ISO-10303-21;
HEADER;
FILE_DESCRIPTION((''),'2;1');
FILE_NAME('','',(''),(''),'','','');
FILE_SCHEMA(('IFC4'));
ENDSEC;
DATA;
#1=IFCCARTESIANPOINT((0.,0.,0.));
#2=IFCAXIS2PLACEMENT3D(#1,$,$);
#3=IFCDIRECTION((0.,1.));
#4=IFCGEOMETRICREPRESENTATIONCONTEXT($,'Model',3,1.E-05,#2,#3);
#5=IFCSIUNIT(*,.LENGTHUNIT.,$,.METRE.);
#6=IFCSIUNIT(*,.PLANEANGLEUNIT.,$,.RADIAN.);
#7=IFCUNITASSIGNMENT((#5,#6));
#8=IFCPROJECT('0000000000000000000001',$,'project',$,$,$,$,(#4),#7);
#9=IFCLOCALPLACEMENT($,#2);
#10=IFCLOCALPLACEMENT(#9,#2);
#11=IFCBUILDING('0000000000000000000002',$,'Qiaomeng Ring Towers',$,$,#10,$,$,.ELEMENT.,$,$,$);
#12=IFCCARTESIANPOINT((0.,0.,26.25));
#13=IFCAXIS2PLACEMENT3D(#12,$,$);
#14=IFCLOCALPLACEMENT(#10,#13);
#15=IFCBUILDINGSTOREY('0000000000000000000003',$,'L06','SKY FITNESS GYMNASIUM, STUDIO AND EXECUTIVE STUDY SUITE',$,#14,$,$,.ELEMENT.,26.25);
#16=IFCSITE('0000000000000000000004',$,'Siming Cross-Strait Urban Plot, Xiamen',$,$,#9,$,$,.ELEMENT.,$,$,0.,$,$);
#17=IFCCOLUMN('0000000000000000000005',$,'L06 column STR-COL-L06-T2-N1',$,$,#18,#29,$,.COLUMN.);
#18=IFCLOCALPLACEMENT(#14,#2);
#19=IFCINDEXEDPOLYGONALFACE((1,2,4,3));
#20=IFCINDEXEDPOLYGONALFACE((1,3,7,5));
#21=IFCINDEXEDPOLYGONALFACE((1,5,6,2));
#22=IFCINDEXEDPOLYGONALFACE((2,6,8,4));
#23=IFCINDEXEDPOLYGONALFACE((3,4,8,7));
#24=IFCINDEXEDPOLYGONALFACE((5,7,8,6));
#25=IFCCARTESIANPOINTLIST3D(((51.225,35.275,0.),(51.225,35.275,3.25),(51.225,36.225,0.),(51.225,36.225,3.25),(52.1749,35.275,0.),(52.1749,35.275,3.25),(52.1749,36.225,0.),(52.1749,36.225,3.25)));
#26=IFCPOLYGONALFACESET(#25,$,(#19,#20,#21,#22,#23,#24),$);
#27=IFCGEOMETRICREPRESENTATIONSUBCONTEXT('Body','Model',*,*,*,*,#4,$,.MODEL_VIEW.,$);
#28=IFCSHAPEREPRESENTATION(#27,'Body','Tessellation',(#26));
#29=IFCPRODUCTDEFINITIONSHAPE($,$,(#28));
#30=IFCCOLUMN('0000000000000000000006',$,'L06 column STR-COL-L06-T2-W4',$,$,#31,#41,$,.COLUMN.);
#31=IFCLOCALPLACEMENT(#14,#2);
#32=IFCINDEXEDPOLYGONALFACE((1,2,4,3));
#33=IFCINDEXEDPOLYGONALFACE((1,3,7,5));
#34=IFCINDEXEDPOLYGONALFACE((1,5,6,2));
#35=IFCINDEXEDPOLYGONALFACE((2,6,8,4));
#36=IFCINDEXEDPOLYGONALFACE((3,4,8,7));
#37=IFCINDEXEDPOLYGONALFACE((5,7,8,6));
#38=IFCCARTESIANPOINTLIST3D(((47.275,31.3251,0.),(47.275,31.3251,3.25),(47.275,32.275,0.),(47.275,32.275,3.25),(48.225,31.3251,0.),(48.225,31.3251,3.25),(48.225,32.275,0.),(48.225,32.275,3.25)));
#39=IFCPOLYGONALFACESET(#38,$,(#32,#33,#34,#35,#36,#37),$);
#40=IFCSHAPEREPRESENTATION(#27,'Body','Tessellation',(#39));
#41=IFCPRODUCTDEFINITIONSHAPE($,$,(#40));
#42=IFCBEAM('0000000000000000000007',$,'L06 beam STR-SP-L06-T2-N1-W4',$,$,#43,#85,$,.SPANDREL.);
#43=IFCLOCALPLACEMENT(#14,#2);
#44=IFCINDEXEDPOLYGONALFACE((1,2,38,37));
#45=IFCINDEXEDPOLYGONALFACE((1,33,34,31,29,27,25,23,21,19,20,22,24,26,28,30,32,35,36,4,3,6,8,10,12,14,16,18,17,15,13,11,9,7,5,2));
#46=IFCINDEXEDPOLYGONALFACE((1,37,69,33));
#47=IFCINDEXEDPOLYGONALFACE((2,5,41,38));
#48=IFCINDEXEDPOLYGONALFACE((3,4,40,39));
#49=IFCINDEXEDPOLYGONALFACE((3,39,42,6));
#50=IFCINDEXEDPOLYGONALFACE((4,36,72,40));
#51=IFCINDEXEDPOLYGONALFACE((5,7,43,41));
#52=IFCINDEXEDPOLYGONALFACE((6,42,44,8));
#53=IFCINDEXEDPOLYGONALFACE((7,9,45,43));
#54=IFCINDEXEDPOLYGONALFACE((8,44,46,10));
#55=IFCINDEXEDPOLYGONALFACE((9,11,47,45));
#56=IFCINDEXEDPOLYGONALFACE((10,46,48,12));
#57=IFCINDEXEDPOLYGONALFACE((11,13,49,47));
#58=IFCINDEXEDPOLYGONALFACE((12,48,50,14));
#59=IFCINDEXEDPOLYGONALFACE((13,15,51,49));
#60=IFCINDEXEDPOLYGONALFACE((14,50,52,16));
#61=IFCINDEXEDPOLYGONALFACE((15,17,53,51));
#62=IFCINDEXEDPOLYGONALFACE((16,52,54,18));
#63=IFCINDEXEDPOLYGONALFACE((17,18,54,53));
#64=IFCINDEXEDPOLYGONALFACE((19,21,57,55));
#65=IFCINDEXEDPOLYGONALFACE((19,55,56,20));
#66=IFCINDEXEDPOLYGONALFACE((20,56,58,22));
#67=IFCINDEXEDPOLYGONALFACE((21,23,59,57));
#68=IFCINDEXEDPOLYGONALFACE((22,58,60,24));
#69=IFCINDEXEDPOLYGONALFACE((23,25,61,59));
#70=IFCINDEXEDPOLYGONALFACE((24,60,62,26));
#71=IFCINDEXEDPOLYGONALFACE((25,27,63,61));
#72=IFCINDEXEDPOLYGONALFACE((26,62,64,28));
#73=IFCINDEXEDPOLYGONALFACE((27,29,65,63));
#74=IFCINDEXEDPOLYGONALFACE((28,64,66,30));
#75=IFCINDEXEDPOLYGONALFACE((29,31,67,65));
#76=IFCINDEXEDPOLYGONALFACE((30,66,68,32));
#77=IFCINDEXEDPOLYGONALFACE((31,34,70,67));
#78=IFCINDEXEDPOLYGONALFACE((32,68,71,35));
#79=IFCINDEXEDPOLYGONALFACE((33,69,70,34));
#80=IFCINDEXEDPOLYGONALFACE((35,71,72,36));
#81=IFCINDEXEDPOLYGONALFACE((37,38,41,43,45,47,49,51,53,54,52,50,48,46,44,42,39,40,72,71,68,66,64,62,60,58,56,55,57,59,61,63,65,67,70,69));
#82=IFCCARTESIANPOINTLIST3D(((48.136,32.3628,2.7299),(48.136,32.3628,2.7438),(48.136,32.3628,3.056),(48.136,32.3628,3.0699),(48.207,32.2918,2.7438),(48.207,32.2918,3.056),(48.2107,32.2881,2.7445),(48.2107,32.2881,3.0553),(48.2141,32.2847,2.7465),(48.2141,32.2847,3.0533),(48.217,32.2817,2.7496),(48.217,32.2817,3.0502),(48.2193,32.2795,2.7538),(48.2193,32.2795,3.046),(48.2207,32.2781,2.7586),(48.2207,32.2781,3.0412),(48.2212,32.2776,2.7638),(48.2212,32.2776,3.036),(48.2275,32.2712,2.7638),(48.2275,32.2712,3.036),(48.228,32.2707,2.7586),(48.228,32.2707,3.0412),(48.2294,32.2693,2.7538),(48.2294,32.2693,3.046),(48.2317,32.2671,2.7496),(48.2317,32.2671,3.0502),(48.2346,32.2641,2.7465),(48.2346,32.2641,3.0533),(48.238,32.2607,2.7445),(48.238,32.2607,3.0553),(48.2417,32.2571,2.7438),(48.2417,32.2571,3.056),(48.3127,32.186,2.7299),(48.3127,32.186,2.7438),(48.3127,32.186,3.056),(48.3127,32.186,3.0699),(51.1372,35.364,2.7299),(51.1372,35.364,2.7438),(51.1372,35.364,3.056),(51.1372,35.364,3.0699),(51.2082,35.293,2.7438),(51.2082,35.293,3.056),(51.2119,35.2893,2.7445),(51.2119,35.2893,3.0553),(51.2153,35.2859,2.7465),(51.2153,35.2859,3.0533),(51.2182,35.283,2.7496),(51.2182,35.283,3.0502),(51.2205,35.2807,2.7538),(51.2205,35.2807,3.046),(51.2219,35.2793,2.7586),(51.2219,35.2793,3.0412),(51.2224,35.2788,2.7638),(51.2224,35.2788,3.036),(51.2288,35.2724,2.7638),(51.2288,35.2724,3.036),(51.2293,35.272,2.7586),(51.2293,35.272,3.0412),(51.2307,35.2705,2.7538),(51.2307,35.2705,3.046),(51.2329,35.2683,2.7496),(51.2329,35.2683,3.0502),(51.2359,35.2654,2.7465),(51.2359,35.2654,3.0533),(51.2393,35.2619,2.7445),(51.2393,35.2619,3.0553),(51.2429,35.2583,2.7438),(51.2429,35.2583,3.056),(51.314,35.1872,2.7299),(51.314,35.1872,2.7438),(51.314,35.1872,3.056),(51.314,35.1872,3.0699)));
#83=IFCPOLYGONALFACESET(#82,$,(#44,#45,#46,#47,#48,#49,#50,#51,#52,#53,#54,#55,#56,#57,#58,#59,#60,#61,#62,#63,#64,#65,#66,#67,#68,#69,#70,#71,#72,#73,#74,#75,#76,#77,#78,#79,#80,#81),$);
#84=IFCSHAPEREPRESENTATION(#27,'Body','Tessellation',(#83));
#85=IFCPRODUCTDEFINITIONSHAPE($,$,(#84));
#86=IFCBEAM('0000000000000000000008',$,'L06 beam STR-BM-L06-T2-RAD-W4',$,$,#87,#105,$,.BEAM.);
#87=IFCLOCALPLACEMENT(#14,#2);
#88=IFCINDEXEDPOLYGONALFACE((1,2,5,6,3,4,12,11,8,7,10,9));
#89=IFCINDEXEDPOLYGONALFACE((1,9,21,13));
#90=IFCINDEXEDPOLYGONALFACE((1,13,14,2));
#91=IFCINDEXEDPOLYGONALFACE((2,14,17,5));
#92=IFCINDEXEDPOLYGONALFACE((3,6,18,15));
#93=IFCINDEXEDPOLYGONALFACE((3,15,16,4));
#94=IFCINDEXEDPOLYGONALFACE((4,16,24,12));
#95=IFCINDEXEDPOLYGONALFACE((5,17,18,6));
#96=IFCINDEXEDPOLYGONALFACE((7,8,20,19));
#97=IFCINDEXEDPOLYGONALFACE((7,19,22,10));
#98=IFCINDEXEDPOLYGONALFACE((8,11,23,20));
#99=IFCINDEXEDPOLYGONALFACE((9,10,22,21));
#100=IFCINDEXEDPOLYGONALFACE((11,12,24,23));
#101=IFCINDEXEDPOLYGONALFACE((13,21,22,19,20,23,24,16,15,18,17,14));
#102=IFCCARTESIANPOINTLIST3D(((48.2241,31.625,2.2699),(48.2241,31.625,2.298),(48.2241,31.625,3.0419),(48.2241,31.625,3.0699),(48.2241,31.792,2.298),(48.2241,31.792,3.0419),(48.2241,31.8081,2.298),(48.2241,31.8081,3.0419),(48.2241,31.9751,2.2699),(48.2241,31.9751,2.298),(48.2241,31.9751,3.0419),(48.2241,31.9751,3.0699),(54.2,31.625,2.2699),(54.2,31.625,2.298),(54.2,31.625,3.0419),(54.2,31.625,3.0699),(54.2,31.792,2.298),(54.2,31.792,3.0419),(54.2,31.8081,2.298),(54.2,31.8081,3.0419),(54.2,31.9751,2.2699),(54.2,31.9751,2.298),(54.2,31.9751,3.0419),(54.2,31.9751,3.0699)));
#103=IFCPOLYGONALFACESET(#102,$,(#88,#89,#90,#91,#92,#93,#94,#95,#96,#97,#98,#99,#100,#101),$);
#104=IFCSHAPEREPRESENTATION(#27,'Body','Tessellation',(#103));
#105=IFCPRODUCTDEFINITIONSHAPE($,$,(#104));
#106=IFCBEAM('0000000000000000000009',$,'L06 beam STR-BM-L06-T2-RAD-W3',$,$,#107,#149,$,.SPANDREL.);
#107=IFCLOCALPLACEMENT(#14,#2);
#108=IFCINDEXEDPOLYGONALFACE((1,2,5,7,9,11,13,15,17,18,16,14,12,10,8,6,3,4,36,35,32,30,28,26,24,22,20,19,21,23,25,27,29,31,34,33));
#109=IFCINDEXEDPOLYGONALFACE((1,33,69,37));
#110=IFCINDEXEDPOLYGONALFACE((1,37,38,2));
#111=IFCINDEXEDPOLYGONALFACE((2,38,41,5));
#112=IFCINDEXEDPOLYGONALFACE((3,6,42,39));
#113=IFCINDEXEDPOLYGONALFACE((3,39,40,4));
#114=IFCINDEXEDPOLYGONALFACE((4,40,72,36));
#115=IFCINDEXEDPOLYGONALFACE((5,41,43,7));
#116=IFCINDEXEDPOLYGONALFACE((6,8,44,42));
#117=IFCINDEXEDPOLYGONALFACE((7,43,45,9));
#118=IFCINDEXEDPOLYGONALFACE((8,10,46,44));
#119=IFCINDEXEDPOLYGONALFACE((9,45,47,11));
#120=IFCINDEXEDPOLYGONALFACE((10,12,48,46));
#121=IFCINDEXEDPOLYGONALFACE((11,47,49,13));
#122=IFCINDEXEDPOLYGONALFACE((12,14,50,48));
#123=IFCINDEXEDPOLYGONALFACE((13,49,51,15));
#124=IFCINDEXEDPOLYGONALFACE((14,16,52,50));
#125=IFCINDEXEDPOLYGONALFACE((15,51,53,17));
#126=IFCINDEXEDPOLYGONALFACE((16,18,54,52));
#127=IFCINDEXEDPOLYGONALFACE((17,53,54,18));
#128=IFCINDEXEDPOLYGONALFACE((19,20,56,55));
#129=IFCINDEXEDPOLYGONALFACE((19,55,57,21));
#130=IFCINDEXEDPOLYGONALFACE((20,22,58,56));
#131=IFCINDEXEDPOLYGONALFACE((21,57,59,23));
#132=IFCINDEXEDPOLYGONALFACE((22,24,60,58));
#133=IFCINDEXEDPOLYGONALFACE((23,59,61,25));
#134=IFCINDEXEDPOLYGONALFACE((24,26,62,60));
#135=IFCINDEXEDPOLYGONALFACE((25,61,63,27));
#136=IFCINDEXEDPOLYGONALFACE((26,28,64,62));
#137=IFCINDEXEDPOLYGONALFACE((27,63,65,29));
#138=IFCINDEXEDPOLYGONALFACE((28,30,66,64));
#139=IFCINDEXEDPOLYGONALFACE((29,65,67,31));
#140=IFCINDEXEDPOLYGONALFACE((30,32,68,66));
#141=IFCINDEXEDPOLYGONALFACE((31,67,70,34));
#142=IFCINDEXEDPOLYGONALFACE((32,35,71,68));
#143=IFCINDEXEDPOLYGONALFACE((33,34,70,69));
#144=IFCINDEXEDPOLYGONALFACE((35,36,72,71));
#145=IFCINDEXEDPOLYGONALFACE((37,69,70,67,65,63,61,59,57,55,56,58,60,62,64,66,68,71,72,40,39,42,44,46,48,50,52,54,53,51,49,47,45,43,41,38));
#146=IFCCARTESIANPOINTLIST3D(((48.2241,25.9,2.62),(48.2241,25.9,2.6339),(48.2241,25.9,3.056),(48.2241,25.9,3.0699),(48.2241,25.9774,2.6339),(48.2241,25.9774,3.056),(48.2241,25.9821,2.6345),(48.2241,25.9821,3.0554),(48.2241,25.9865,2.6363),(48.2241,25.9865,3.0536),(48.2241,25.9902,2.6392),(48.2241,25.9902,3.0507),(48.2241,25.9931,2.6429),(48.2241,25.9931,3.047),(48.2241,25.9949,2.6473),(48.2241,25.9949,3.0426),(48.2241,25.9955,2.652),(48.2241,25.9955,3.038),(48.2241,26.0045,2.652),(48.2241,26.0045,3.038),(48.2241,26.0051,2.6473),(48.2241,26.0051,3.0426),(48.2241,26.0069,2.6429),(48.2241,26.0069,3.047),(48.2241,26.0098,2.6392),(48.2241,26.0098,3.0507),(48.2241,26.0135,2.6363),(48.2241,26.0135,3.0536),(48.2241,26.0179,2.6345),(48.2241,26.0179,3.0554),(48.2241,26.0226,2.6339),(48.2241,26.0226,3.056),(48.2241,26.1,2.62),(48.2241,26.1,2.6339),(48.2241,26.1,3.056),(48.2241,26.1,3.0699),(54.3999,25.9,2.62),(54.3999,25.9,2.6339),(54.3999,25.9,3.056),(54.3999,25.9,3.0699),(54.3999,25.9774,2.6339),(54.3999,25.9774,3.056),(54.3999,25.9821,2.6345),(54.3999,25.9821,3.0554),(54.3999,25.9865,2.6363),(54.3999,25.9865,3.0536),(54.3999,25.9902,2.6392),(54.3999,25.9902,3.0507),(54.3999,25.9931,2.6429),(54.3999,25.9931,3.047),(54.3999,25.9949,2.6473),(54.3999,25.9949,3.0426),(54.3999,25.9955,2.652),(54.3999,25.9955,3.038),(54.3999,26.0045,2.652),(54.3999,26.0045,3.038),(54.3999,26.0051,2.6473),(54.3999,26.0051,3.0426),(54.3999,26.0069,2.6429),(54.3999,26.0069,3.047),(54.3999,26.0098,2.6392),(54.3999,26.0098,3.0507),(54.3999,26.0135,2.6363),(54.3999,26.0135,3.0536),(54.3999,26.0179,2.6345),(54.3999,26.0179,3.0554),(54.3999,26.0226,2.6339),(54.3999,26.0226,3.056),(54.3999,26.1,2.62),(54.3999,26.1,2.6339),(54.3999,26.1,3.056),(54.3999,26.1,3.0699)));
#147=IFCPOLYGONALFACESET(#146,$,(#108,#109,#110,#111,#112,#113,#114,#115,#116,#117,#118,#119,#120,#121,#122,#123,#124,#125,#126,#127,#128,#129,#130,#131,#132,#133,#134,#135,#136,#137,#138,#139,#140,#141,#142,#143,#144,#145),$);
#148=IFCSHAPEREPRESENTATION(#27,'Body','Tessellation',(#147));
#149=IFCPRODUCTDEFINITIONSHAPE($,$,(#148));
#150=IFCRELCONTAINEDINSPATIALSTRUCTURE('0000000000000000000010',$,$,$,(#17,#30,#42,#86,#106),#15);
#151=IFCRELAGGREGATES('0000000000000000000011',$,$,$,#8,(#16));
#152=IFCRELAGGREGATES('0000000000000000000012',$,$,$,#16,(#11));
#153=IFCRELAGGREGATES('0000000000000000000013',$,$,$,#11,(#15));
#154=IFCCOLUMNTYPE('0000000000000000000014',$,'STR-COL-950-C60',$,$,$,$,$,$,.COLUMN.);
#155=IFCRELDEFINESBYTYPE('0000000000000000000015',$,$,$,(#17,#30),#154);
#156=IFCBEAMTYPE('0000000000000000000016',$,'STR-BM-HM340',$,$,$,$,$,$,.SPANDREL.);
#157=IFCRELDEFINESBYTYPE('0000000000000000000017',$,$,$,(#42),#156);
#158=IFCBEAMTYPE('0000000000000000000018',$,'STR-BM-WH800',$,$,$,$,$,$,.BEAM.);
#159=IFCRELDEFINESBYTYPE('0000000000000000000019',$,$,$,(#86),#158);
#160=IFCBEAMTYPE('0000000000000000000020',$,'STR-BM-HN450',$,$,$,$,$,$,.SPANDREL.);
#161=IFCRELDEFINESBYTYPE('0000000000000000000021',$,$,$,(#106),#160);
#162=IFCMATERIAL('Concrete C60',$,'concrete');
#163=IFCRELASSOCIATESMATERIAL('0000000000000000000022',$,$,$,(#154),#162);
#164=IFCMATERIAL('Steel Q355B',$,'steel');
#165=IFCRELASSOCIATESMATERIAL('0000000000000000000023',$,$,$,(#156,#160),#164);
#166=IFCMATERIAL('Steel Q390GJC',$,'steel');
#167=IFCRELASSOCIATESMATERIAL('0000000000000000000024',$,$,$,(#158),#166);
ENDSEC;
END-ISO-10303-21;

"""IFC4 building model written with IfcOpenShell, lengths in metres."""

from ifc_helpers import new_model, si_unit, direction, frame, origin, origin_2d, place, context, subcontext, project, spatial, rectangle, i_section, extrude, source, transform, mapped, material, material_profile, profile_set, type_object, element, save


model = new_model("IFC4")

# Units and contexts
model_context = context("Model", 3, precision=1e-05, world=origin(), true_north=direction((0.0, 1.0)))
body_context = subcontext(model_context, "Body", "Model", "MODEL_VIEW")
ifc_project = project(units=[si_unit("LENGTHUNIT", "METRE"), si_unit("PLANEANGLEUNIT", "RADIAN")], contexts=[model_context])

# Site, building, storey
site_placement = place(None, origin())
site = spatial("IfcSite", under=ifc_project, at=site_placement, Name="Siming Cross-Strait Urban Plot, Xiamen", CompositionType="ELEMENT", RefElevation=0.0)
building_placement = place(site_placement, origin())
building = spatial("IfcBuilding", under=site, at=building_placement, Name="Qiaomeng Ring Towers", CompositionType="ELEMENT")
storey_placement = place(building_placement, frame((0.0, 0.0, 26.25)))
storey = spatial("IfcBuildingStorey", under=building, at=storey_placement, Name="L06", Description="SKY FITNESS GYMNASIUM, STUDIO AND EXECUTIVE STUDY SUITE", CompositionType="ELEMENT", Elevation=26.25)

# Columns
ifc_material_1 = material(Name="Concrete C60", Category="concrete")
ifc_material_profile_1 = material_profile(ifc_material_1, rectangle(XDim=0.95, YDim=0.95, at=origin_2d()), Name="RC COL 950x950")
ifc_profile_set_1 = profile_set([ifc_material_profile_1], Name="Concrete C60")
column_type = type_object("IfcColumnType", Name="STR-COL-950-C60", PredefinedType="COLUMN", material=ifc_profile_set_1)
shared_shape_1 = source(origin(), body_context, "Body", "SweptSolid", [
    extrude(rectangle(XDim=0.95, YDim=0.95, at=origin_2d()), origin(), (0.0, 0.0, 1.0), 3.25),
])
for number, where, z_axis, x_axis, name in (
    (1, (51.7, 35.75, 0.0), (0.0, 0.0, 1.0), (1.0, 0.0, 0.0), "L06 column STR-COL-L06-T2-N1"),
    (2, (47.75, 31.8, 0.0), (0.0, 0.0, 1.0), (1.0, 0.0, 0.0), "L06 column STR-COL-L06-T2-W4"),
):
    element("IfcColumn", number, at=place(storey_placement, frame(where, z_axis=z_axis, x_axis=x_axis)), inside=storey, type_object=column_type, Name=name, PredefinedType="COLUMN", context=body_context, shape_type="MappedRepresentation", body=[
        mapped(shared_shape_1, transform((0.0, 0.0, 0.0), x_axis=(1.0, 0.0, 0.0), y_axis=(0.0, 1.0, 0.0), z_axis=(0.0, 0.0, 1.0), scale=1.0)),
    ])

# Beams
ifc_material_2 = material(Name="Steel Q355B", Category="steel")
ifc_material_profile_2 = material_profile(ifc_material_2, i_section(OverallWidth=0.25, OverallDepth=0.3401, WebThickness=0.009, FlangeThickness=0.0139, FilletRadius=0.02, at=origin_2d()), Name="HM 340x250x9x14")
ifc_profile_set_2 = profile_set([ifc_material_profile_2], Name="Steel Q355B")
beam_type_1 = type_object("IfcBeamType", Name="STR-BM-HM340", PredefinedType="SPANDREL", material=ifc_profile_set_2)
shared_shape_2 = source(origin(), body_context, "Body", "SweptSolid", [
    extrude(i_section(OverallWidth=0.25, OverallDepth=0.3401, WebThickness=0.009, FlangeThickness=0.0139, FilletRadius=0.02, at=origin_2d()), origin(), (0.0, 0.0, 1.0), 4.2444),
])
beam_1_placement = place(storey_placement, frame((51.2256, 35.2756, 2.8999), z_axis=(-0.707107, -0.707107, 0.0), x_axis=(0.707107, -0.707107, 0.0)))
element("IfcBeam", 3, at=beam_1_placement, inside=storey, type_object=beam_type_1, Name="L06 beam STR-SP-L06-T2-N1-W4", PredefinedType="SPANDREL", context=body_context, shape_type="MappedRepresentation", body=[
    mapped(shared_shape_2, transform((0.0, 0.0, 0.0), x_axis=(1.0, 0.0, 0.0), y_axis=(0.0, 1.0, 0.0), z_axis=(0.0, 0.0, 1.0), scale=1.0)),
])
ifc_material_3 = material(Name="Steel Q390GJC", Category="steel")
ifc_material_profile_3 = material_profile(ifc_material_3, i_section(OverallWidth=0.3501, OverallDepth=0.8, WebThickness=0.0161, FlangeThickness=0.0281, at=origin_2d()), Name="WH 800x350x16x28")
ifc_profile_set_3 = profile_set([ifc_material_profile_3], Name="Steel Q390GJC")
beam_type_2 = type_object("IfcBeamType", Name="STR-BM-WH800", PredefinedType="BEAM", material=ifc_profile_set_3)
shared_shape_3 = source(origin(), body_context, "Body", "SweptSolid", [
    extrude(i_section(OverallWidth=0.3501, OverallDepth=0.8, WebThickness=0.0161, FlangeThickness=0.0281, at=origin_2d()), origin(), (0.0, 0.0, 1.0), 5.9758),
])
beam_2_placement = place(storey_placement, frame((48.2241, 31.8, 2.6699), z_axis=(1.0, 0.0, 0.0), x_axis=(0.0, 1.0, 0.0)))
element("IfcBeam", 4, at=beam_2_placement, inside=storey, type_object=beam_type_2, Name="L06 beam STR-BM-L06-T2-RAD-W4", PredefinedType="BEAM", context=body_context, shape_type="MappedRepresentation", body=[
    mapped(shared_shape_3, transform((0.0, 0.0, 0.0), x_axis=(1.0, 0.0, 0.0), y_axis=(0.0, 1.0, 0.0), z_axis=(0.0, 0.0, 1.0), scale=1.0)),
])
ifc_material_profile_4 = material_profile(ifc_material_2, i_section(OverallWidth=0.2, OverallDepth=0.45, WebThickness=0.009, FlangeThickness=0.0139, FilletRadius=0.0181, at=origin_2d()), Name="HN 450x200x9x14")
ifc_profile_set_4 = profile_set([ifc_material_profile_4], Name="Steel Q355B")
beam_type_3 = type_object("IfcBeamType", Name="STR-BM-HN450", PredefinedType="SPANDREL", material=ifc_profile_set_4)
shared_shape_4 = source(origin(), body_context, "Body", "SweptSolid", [
    extrude(i_section(OverallWidth=0.2, OverallDepth=0.45, WebThickness=0.009, FlangeThickness=0.0139, FilletRadius=0.0181, at=origin_2d()), origin(), (0.0, 0.0, 1.0), 6.1758),
])
beam_3_placement = place(storey_placement, frame((48.2241, 26.0, 2.845), z_axis=(1.0, 0.0, 0.0), x_axis=(0.0, 1.0, 0.0)))
element("IfcBeam", 5, at=beam_3_placement, inside=storey, type_object=beam_type_3, Name="L06 beam STR-BM-L06-T2-RAD-W3", PredefinedType="SPANDREL", context=body_context, shape_type="MappedRepresentation", body=[
    mapped(shared_shape_4, transform((0.0, 0.0, 0.0), x_axis=(1.0, 0.0, 0.0), y_axis=(0.0, 1.0, 0.0), z_axis=(0.0, 0.0, 1.0), scale=1.0)),
])

save(model, "model.ifc")
